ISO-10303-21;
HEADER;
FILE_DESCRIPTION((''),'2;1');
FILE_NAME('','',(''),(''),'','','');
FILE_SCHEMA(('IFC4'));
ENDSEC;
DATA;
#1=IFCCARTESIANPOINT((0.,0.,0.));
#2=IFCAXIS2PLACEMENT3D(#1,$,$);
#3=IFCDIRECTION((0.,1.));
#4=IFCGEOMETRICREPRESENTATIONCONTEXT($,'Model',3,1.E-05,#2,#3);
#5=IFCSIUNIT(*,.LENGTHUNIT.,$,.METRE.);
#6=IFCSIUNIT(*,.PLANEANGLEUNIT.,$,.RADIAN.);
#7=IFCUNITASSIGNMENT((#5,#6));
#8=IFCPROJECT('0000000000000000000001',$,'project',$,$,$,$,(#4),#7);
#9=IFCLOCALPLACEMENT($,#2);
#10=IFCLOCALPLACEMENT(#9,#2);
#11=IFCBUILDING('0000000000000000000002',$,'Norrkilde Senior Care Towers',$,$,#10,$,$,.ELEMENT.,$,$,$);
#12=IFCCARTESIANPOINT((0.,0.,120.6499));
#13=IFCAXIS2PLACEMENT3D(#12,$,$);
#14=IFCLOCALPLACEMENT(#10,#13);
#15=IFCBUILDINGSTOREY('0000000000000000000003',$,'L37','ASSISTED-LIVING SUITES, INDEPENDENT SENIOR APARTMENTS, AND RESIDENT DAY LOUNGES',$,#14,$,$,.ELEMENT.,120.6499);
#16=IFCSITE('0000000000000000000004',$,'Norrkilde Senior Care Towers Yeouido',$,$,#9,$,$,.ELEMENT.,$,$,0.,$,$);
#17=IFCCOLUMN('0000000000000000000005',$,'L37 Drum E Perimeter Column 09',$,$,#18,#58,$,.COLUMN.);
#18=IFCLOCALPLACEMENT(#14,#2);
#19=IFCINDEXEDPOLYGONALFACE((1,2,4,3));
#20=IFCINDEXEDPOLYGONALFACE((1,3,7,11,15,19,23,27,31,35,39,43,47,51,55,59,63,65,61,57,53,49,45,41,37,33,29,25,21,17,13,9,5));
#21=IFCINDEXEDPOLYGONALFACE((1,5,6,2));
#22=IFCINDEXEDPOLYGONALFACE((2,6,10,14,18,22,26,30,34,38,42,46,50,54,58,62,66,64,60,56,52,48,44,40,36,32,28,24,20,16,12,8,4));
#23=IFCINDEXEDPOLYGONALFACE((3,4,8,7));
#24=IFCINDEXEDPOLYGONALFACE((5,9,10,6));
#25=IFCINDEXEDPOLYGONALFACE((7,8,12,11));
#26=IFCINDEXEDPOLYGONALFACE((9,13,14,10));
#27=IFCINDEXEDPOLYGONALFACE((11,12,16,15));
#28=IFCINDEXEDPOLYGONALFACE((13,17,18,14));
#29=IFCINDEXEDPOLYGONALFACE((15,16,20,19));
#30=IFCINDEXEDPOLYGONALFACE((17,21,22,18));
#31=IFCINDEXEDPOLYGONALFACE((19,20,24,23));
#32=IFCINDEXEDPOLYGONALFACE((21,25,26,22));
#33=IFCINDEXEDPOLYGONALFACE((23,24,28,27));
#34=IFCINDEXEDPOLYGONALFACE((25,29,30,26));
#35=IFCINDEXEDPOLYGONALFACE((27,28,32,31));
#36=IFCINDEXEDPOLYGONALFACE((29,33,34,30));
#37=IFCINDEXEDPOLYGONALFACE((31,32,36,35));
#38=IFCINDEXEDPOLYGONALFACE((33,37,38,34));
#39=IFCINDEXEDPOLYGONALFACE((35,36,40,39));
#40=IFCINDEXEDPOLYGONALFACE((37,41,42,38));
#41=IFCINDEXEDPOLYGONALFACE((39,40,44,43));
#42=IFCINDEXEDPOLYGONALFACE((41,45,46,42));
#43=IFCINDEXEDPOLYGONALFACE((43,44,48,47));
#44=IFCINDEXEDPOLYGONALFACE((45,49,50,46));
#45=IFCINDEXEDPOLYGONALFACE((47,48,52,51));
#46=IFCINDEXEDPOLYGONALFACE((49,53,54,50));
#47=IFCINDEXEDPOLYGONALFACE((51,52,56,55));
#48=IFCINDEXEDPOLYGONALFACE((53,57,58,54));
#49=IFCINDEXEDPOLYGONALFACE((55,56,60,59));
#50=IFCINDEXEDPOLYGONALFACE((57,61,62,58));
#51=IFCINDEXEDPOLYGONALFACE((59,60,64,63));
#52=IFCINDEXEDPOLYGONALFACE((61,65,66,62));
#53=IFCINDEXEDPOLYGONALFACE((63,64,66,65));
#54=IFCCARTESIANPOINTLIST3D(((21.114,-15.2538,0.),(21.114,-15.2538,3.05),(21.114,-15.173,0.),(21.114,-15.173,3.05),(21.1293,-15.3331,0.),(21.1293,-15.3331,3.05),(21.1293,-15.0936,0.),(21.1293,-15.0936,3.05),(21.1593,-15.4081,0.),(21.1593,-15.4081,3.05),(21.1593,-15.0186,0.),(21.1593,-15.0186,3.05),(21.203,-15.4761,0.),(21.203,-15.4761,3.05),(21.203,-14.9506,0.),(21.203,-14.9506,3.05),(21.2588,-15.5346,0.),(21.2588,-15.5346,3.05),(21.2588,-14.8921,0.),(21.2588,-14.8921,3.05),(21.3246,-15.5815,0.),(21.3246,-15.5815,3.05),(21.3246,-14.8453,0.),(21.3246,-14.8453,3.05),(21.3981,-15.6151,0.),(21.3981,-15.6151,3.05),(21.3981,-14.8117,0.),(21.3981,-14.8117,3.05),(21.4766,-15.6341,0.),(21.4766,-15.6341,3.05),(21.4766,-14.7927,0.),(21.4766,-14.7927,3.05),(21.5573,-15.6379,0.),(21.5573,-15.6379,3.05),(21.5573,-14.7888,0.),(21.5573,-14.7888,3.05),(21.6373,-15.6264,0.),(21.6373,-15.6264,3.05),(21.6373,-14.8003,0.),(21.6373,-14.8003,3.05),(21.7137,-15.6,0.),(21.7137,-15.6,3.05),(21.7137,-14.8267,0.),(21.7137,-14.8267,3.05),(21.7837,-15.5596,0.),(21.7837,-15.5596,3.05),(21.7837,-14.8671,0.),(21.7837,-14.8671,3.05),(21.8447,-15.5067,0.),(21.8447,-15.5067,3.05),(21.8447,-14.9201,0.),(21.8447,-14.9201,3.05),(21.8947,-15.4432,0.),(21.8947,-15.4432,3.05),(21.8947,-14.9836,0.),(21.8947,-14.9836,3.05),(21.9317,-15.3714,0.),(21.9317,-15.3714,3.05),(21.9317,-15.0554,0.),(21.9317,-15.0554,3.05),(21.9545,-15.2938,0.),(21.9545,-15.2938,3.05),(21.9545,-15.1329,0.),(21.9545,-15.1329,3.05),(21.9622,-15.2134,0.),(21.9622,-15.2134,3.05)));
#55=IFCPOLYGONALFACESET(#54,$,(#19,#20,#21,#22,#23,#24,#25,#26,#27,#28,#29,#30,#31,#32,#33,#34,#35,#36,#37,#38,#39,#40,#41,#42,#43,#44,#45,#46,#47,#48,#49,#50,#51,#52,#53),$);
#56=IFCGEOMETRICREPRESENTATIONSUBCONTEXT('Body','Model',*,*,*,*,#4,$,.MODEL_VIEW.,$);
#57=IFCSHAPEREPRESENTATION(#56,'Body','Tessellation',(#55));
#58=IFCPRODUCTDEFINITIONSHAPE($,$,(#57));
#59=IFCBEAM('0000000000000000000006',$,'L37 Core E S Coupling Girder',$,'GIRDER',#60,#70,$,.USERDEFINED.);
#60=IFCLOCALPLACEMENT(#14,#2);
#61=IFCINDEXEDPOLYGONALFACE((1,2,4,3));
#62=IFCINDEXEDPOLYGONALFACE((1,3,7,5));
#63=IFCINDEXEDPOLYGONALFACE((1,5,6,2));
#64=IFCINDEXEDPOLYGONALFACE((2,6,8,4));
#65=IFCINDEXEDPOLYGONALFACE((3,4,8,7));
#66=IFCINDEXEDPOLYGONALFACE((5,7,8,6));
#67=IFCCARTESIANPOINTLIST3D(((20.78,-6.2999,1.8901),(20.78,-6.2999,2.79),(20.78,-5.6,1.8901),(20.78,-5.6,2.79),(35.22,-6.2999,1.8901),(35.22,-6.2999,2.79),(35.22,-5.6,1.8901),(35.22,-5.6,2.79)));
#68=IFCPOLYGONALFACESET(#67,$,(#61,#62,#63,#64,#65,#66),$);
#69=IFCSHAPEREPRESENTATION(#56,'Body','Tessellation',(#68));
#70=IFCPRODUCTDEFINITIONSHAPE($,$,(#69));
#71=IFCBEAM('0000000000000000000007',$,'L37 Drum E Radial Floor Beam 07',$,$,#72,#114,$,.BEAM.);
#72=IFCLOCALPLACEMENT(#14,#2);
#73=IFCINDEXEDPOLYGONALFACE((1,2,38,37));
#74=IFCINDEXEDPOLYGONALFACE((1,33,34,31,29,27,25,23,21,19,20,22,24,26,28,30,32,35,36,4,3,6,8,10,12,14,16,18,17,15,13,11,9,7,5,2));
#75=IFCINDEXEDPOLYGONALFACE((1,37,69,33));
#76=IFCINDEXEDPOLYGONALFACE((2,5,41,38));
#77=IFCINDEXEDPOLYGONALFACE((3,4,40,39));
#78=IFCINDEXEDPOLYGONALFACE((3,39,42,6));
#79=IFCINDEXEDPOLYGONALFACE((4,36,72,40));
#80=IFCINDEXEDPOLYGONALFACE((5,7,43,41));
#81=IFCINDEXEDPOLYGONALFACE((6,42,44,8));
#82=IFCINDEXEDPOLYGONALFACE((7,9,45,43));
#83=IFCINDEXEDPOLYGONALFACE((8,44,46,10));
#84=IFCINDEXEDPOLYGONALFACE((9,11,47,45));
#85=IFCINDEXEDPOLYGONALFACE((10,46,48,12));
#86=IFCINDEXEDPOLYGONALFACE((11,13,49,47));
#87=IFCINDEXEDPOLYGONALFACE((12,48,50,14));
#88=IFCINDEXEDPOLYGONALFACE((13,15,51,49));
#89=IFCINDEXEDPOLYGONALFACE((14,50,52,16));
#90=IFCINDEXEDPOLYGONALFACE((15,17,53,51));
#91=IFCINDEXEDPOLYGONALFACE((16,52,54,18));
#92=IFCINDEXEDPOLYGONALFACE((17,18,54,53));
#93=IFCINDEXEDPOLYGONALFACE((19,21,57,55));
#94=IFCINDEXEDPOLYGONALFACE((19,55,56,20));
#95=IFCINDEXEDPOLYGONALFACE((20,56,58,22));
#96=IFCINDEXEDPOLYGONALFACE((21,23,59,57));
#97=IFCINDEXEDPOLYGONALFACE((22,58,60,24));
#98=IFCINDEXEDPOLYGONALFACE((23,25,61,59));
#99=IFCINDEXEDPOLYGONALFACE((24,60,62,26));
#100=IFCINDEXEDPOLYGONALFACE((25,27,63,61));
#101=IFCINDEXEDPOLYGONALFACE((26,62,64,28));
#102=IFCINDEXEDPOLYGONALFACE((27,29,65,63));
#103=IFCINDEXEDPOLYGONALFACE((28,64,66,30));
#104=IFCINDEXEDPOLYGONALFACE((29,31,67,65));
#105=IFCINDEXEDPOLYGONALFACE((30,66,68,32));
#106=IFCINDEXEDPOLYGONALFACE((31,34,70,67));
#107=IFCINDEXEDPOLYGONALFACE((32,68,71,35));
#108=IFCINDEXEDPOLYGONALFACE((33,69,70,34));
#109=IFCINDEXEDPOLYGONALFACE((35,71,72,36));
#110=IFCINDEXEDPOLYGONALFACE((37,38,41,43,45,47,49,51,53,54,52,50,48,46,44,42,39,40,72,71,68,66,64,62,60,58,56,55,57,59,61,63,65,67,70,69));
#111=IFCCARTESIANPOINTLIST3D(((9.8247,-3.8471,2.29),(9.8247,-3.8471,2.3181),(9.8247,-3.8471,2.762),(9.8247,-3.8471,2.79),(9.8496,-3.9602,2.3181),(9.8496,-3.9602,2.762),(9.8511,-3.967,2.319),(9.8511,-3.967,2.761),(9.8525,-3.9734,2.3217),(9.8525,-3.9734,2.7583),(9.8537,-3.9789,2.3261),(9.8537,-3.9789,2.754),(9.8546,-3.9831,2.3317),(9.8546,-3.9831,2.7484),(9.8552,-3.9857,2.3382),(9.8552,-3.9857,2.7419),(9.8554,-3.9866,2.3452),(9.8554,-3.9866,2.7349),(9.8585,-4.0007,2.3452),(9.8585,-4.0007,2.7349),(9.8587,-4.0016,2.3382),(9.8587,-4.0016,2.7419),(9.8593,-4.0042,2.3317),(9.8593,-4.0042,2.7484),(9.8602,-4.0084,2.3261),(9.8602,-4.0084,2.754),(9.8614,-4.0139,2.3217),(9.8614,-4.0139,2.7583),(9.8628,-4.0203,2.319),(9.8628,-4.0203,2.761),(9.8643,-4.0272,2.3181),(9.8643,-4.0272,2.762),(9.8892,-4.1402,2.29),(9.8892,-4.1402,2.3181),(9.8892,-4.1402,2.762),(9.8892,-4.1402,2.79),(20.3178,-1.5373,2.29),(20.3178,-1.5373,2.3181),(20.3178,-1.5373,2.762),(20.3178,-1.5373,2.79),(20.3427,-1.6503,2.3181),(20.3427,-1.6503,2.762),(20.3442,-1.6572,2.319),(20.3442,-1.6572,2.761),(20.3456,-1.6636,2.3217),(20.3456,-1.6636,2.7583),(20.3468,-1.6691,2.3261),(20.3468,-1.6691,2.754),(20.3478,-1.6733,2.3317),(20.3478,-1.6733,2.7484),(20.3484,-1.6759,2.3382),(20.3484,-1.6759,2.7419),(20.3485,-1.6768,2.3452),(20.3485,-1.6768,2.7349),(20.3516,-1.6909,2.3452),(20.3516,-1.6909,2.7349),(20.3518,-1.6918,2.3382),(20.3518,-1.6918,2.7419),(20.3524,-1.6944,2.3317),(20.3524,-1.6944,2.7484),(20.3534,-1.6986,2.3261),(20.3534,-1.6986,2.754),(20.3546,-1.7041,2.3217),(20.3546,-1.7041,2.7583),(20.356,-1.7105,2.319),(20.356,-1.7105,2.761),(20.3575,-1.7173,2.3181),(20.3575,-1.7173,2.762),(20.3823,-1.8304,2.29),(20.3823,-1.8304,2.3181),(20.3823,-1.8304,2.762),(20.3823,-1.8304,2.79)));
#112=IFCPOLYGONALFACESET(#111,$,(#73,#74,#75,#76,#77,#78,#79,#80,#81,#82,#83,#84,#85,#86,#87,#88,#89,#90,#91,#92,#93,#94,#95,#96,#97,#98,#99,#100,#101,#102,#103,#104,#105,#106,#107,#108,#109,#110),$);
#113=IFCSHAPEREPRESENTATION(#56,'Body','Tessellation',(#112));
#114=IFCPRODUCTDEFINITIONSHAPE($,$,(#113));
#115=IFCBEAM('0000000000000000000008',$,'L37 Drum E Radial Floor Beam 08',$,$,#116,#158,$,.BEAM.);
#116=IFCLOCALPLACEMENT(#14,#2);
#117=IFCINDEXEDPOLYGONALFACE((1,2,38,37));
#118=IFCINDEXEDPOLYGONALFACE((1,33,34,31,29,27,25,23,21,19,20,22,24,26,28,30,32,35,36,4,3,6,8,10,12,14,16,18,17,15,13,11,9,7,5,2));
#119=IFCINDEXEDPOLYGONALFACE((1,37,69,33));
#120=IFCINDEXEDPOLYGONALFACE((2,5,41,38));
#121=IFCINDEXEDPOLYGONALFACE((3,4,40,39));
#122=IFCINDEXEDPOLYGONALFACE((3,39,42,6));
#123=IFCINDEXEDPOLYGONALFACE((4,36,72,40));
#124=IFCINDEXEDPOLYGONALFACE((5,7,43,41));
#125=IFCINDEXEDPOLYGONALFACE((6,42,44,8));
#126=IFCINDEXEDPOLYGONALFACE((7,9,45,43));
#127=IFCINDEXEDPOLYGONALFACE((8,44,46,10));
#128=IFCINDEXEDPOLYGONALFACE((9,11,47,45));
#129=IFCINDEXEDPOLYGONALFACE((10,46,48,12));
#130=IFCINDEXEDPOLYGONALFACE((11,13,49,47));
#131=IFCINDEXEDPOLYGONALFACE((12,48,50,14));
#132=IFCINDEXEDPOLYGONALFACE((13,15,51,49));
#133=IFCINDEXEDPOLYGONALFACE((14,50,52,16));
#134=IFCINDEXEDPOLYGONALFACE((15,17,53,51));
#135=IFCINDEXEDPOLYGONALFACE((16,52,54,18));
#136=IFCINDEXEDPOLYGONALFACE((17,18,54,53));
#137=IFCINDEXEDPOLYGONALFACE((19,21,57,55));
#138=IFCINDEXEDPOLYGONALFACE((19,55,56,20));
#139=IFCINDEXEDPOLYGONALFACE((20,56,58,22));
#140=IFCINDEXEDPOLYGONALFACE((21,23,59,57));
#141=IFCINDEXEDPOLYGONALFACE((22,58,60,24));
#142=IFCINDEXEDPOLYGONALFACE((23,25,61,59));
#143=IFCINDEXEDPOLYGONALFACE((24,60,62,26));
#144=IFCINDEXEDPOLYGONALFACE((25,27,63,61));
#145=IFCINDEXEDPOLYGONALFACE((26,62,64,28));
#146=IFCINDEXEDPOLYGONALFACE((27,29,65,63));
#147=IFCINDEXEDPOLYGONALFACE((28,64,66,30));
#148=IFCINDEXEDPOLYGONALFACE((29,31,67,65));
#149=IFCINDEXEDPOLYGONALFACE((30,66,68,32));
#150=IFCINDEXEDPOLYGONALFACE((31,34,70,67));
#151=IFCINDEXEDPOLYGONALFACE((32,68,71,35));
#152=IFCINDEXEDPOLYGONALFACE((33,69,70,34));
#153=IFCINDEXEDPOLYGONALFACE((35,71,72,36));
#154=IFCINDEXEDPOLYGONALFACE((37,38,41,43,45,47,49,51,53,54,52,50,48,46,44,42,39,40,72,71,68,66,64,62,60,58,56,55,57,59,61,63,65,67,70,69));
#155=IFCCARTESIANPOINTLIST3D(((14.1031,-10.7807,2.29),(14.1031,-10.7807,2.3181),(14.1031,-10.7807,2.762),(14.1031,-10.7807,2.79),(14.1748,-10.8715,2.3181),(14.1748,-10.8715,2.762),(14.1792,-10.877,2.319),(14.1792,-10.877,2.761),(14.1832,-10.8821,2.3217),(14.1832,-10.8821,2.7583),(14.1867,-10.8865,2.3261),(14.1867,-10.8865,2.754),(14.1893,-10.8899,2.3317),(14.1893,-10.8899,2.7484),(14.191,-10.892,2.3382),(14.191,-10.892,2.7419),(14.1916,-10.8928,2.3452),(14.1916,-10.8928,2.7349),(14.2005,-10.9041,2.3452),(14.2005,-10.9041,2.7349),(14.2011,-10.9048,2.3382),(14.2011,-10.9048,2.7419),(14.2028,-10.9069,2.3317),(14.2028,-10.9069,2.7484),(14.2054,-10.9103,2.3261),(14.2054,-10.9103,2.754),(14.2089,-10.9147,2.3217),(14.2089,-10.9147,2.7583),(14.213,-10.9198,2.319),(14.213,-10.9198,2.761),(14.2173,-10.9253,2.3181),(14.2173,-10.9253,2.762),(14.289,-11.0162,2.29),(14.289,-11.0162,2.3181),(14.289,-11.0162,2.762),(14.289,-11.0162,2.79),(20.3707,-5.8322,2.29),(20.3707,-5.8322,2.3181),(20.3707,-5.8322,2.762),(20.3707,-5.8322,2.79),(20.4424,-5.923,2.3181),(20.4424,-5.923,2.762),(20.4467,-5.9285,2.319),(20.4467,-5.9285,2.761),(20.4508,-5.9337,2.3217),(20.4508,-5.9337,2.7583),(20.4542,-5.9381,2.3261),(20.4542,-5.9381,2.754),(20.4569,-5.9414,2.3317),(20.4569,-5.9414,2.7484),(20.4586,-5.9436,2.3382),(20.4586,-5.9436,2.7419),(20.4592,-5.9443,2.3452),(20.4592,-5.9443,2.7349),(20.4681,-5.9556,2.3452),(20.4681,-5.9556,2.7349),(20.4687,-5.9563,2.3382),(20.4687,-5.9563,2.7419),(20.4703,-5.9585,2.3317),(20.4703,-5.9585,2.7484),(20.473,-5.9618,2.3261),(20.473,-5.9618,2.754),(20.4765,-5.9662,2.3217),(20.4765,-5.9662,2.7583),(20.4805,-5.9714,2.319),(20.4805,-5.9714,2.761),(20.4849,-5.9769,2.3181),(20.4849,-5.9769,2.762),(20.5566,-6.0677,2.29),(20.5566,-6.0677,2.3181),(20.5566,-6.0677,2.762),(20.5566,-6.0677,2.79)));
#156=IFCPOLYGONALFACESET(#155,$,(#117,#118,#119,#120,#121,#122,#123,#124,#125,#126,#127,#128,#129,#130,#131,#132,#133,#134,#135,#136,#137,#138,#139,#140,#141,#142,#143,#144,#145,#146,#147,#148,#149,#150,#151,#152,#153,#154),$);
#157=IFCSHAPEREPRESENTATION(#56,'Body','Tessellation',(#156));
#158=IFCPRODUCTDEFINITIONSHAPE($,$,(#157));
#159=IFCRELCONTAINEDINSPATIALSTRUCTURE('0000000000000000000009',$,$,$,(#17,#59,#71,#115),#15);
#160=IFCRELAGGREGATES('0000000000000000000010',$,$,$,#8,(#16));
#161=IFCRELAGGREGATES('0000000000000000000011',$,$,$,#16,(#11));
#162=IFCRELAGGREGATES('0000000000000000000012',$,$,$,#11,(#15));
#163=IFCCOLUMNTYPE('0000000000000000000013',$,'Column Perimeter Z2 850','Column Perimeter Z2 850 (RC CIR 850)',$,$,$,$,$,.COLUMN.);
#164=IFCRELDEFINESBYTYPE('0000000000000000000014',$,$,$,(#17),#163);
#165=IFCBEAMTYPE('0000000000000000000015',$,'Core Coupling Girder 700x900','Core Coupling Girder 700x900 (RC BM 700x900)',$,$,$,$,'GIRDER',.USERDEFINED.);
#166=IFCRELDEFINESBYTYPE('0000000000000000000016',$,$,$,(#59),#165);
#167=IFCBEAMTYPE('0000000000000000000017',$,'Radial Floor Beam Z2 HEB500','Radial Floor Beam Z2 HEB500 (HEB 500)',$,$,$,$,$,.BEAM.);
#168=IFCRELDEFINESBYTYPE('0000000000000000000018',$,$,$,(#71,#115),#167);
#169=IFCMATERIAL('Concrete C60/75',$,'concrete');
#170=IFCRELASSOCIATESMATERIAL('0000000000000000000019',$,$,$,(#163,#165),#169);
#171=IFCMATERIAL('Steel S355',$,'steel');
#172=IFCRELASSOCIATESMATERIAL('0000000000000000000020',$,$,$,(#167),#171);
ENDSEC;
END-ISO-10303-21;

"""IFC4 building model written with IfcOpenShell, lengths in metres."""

from ifc_helpers import new_model, si_unit, direction, frame, origin, origin_2d, place, context, subcontext, project, spatial, rectangle, circle, i_section, extrude, source, transform, mapped, material, material_profile, profile_set, type_object, type_shapes, element, save


model = new_model("IFC4")

# Units and contexts
model_context = context("Model", 3, precision=1e-05, world=origin(), true_north=direction((0.0, 1.0)))
body_context = subcontext(model_context, "Body", "Model", "MODEL_VIEW")
ifc_project = project(units=[si_unit("LENGTHUNIT", "METRE"), si_unit("PLANEANGLEUNIT", "RADIAN")], contexts=[model_context])

# Site, building, storey
site_placement = place(None, origin())
site = spatial("IfcSite", under=ifc_project, at=site_placement, Name="Norrkilde Senior Care Towers Yeouido", CompositionType="ELEMENT", RefElevation=0.0)
building_placement = place(site_placement, origin())
building = spatial("IfcBuilding", under=site, at=building_placement, Name="Norrkilde Senior Care Towers", CompositionType="ELEMENT")
storey_placement = place(building_placement, frame((0.0, 0.0, 120.6499)))
storey = spatial("IfcBuildingStorey", under=building, at=storey_placement, Name="L37", Description="ASSISTED-LIVING SUITES, INDEPENDENT SENIOR APARTMENTS, AND RESIDENT DAY LOUNGES", CompositionType="ELEMENT", Elevation=120.6499)

# Column
ifc_material_1 = material(Name="Concrete C60/75", Category="concrete")
ifc_material_profile_1 = material_profile(ifc_material_1, circle(Radius=0.425, at=origin_2d()), Name="RC CIR 850")
ifc_profile_set_1 = profile_set([ifc_material_profile_1], Name="Concrete C60/75")
column_type = type_object("IfcColumnType", Name="Column Perimeter Z2 850", Description="Column Perimeter Z2 850 (RC CIR 850)", PredefinedType="COLUMN", material=ifc_profile_set_1)
shared_shape_1 = source(origin(), body_context, "Body", "SweptSolid", [
    extrude(circle(Radius=0.425, at=origin_2d()), origin(), (0.0, 0.0, 1.0), 3.05),
])
type_shapes(column_type, [shared_shape_1])
column_placement = place(storey_placement, frame((21.5371, -15.2134, 0.0), z_axis=(0.0, 0.0, 1.0), x_axis=(1.0, 0.0, 0.0)))
element("IfcColumn", 1, at=column_placement, inside=storey, type_object=column_type, Name="L37 Drum E Perimeter Column 09", PredefinedType="COLUMN", context=body_context, shape_type="MappedRepresentation", body=[
    mapped(shared_shape_1, transform((0.0, 0.0, 0.0), x_axis=(1.0, 0.0, 0.0), y_axis=(0.0, 1.0, 0.0), z_axis=(0.0, 0.0, 1.0), scale=1.0)),
])

# Beams
ifc_material_profile_2 = material_profile(ifc_material_1, rectangle(XDim=0.7, YDim=0.8999, at=origin_2d()), Name="RC BM 700x900")
ifc_profile_set_2 = profile_set([ifc_material_profile_2], Name="Concrete C60/75")
beam_type_1 = type_object("IfcBeamType", Name="Core Coupling Girder 700x900", Description="Core Coupling Girder 700x900 (RC BM 700x900)", ElementType="GIRDER", PredefinedType="USERDEFINED", material=ifc_profile_set_2)
shared_shape_2 = source(origin(), body_context, "Body", "SweptSolid", [
    extrude(rectangle(XDim=0.7, YDim=0.8999, at=origin_2d()), origin(), (0.0, 0.0, 1.0), 14.4399),
])
type_shapes(beam_type_1, [shared_shape_2])
beam_1_placement = place(storey_placement, frame((20.78, -5.95, 2.3401), z_axis=(1.0, 0.0, 0.0), x_axis=(0.0, 1.0, 0.0)))
element("IfcBeam", 2, at=beam_1_placement, inside=storey, type_object=beam_type_1, Name="L37 Core E S Coupling Girder", ObjectType="GIRDER", PredefinedType="USERDEFINED", context=body_context, shape_type="MappedRepresentation", body=[
    mapped(shared_shape_2, transform((0.0, 0.0, 0.0), x_axis=(1.0, 0.0, 0.0), y_axis=(0.0, 1.0, 0.0), z_axis=(0.0, 0.0, 1.0), scale=1.0)),
])
ifc_material_2 = material(Name="Steel S355", Category="steel")
ifc_material_profile_3 = material_profile(ifc_material_2, i_section(OverallWidth=0.3, OverallDepth=0.5, WebThickness=0.0144, FlangeThickness=0.0281, FilletRadius=0.0271, at=origin_2d()), Name="HEB 500")
ifc_profile_set_3 = profile_set([ifc_material_profile_3], Name="Steel S355")
beam_type_2 = type_object("IfcBeamType", Name="Radial Floor Beam Z2 HEB500", Description="Radial Floor Beam Z2 HEB500 (HEB 500)", PredefinedType="BEAM", material=ifc_profile_set_3)
shared_shape_3 = source(origin(), body_context, "Body", "SweptSolid", [
    extrude(i_section(OverallWidth=0.3, OverallDepth=0.5, WebThickness=0.0144, FlangeThickness=0.0281, FilletRadius=0.0271, at=origin_2d()), origin(), (0.0, 0.0, 1.0), 10.7444),
])
beam_2_placement = place(storey_placement, frame((20.3501, -1.6838, 2.54), z_axis=(-0.976619, -0.214979, 0.0), x_axis=(0.214979, -0.976619, 0.0)))
element("IfcBeam", 3, at=beam_2_placement, inside=storey, type_object=beam_type_2, Name="L37 Drum E Radial Floor Beam 07", PredefinedType="BEAM", context=body_context, shape_type="MappedRepresentation", body=[
    mapped(shared_shape_3, transform((0.0, 0.0, 0.0), x_axis=(1.0, 0.0, 0.0), y_axis=(0.0, 1.0, 0.0), z_axis=(0.0, 0.0, 1.0), scale=1.0)),
])
shared_shape_4 = source(origin(), body_context, "Body", "SweptSolid", [
    extrude(i_section(OverallWidth=0.3, OverallDepth=0.5, WebThickness=0.0144, FlangeThickness=0.0281, FilletRadius=0.0271, at=origin_2d()), origin(), (0.0, 0.0, 1.0), 7.9856),
])
type_shapes(beam_type_2, [shared_shape_3, shared_shape_4])
beam_3_placement = place(storey_placement, frame((20.4636, -5.95, 2.54), z_axis=(-0.784859, -0.619675, 0.0), x_axis=(0.619675, -0.784859, 0.0)))
element("IfcBeam", 4, at=beam_3_placement, inside=storey, type_object=beam_type_2, Name="L37 Drum E Radial Floor Beam 08", PredefinedType="BEAM", context=body_context, shape_type="MappedRepresentation", body=[
    mapped(shared_shape_4, transform((0.0, 0.0, 0.0), x_axis=(1.0, 0.0, 0.0), y_axis=(0.0, 1.0, 0.0), z_axis=(0.0, 0.0, 1.0), scale=1.0)),
])

save(model, "model.ifc")
